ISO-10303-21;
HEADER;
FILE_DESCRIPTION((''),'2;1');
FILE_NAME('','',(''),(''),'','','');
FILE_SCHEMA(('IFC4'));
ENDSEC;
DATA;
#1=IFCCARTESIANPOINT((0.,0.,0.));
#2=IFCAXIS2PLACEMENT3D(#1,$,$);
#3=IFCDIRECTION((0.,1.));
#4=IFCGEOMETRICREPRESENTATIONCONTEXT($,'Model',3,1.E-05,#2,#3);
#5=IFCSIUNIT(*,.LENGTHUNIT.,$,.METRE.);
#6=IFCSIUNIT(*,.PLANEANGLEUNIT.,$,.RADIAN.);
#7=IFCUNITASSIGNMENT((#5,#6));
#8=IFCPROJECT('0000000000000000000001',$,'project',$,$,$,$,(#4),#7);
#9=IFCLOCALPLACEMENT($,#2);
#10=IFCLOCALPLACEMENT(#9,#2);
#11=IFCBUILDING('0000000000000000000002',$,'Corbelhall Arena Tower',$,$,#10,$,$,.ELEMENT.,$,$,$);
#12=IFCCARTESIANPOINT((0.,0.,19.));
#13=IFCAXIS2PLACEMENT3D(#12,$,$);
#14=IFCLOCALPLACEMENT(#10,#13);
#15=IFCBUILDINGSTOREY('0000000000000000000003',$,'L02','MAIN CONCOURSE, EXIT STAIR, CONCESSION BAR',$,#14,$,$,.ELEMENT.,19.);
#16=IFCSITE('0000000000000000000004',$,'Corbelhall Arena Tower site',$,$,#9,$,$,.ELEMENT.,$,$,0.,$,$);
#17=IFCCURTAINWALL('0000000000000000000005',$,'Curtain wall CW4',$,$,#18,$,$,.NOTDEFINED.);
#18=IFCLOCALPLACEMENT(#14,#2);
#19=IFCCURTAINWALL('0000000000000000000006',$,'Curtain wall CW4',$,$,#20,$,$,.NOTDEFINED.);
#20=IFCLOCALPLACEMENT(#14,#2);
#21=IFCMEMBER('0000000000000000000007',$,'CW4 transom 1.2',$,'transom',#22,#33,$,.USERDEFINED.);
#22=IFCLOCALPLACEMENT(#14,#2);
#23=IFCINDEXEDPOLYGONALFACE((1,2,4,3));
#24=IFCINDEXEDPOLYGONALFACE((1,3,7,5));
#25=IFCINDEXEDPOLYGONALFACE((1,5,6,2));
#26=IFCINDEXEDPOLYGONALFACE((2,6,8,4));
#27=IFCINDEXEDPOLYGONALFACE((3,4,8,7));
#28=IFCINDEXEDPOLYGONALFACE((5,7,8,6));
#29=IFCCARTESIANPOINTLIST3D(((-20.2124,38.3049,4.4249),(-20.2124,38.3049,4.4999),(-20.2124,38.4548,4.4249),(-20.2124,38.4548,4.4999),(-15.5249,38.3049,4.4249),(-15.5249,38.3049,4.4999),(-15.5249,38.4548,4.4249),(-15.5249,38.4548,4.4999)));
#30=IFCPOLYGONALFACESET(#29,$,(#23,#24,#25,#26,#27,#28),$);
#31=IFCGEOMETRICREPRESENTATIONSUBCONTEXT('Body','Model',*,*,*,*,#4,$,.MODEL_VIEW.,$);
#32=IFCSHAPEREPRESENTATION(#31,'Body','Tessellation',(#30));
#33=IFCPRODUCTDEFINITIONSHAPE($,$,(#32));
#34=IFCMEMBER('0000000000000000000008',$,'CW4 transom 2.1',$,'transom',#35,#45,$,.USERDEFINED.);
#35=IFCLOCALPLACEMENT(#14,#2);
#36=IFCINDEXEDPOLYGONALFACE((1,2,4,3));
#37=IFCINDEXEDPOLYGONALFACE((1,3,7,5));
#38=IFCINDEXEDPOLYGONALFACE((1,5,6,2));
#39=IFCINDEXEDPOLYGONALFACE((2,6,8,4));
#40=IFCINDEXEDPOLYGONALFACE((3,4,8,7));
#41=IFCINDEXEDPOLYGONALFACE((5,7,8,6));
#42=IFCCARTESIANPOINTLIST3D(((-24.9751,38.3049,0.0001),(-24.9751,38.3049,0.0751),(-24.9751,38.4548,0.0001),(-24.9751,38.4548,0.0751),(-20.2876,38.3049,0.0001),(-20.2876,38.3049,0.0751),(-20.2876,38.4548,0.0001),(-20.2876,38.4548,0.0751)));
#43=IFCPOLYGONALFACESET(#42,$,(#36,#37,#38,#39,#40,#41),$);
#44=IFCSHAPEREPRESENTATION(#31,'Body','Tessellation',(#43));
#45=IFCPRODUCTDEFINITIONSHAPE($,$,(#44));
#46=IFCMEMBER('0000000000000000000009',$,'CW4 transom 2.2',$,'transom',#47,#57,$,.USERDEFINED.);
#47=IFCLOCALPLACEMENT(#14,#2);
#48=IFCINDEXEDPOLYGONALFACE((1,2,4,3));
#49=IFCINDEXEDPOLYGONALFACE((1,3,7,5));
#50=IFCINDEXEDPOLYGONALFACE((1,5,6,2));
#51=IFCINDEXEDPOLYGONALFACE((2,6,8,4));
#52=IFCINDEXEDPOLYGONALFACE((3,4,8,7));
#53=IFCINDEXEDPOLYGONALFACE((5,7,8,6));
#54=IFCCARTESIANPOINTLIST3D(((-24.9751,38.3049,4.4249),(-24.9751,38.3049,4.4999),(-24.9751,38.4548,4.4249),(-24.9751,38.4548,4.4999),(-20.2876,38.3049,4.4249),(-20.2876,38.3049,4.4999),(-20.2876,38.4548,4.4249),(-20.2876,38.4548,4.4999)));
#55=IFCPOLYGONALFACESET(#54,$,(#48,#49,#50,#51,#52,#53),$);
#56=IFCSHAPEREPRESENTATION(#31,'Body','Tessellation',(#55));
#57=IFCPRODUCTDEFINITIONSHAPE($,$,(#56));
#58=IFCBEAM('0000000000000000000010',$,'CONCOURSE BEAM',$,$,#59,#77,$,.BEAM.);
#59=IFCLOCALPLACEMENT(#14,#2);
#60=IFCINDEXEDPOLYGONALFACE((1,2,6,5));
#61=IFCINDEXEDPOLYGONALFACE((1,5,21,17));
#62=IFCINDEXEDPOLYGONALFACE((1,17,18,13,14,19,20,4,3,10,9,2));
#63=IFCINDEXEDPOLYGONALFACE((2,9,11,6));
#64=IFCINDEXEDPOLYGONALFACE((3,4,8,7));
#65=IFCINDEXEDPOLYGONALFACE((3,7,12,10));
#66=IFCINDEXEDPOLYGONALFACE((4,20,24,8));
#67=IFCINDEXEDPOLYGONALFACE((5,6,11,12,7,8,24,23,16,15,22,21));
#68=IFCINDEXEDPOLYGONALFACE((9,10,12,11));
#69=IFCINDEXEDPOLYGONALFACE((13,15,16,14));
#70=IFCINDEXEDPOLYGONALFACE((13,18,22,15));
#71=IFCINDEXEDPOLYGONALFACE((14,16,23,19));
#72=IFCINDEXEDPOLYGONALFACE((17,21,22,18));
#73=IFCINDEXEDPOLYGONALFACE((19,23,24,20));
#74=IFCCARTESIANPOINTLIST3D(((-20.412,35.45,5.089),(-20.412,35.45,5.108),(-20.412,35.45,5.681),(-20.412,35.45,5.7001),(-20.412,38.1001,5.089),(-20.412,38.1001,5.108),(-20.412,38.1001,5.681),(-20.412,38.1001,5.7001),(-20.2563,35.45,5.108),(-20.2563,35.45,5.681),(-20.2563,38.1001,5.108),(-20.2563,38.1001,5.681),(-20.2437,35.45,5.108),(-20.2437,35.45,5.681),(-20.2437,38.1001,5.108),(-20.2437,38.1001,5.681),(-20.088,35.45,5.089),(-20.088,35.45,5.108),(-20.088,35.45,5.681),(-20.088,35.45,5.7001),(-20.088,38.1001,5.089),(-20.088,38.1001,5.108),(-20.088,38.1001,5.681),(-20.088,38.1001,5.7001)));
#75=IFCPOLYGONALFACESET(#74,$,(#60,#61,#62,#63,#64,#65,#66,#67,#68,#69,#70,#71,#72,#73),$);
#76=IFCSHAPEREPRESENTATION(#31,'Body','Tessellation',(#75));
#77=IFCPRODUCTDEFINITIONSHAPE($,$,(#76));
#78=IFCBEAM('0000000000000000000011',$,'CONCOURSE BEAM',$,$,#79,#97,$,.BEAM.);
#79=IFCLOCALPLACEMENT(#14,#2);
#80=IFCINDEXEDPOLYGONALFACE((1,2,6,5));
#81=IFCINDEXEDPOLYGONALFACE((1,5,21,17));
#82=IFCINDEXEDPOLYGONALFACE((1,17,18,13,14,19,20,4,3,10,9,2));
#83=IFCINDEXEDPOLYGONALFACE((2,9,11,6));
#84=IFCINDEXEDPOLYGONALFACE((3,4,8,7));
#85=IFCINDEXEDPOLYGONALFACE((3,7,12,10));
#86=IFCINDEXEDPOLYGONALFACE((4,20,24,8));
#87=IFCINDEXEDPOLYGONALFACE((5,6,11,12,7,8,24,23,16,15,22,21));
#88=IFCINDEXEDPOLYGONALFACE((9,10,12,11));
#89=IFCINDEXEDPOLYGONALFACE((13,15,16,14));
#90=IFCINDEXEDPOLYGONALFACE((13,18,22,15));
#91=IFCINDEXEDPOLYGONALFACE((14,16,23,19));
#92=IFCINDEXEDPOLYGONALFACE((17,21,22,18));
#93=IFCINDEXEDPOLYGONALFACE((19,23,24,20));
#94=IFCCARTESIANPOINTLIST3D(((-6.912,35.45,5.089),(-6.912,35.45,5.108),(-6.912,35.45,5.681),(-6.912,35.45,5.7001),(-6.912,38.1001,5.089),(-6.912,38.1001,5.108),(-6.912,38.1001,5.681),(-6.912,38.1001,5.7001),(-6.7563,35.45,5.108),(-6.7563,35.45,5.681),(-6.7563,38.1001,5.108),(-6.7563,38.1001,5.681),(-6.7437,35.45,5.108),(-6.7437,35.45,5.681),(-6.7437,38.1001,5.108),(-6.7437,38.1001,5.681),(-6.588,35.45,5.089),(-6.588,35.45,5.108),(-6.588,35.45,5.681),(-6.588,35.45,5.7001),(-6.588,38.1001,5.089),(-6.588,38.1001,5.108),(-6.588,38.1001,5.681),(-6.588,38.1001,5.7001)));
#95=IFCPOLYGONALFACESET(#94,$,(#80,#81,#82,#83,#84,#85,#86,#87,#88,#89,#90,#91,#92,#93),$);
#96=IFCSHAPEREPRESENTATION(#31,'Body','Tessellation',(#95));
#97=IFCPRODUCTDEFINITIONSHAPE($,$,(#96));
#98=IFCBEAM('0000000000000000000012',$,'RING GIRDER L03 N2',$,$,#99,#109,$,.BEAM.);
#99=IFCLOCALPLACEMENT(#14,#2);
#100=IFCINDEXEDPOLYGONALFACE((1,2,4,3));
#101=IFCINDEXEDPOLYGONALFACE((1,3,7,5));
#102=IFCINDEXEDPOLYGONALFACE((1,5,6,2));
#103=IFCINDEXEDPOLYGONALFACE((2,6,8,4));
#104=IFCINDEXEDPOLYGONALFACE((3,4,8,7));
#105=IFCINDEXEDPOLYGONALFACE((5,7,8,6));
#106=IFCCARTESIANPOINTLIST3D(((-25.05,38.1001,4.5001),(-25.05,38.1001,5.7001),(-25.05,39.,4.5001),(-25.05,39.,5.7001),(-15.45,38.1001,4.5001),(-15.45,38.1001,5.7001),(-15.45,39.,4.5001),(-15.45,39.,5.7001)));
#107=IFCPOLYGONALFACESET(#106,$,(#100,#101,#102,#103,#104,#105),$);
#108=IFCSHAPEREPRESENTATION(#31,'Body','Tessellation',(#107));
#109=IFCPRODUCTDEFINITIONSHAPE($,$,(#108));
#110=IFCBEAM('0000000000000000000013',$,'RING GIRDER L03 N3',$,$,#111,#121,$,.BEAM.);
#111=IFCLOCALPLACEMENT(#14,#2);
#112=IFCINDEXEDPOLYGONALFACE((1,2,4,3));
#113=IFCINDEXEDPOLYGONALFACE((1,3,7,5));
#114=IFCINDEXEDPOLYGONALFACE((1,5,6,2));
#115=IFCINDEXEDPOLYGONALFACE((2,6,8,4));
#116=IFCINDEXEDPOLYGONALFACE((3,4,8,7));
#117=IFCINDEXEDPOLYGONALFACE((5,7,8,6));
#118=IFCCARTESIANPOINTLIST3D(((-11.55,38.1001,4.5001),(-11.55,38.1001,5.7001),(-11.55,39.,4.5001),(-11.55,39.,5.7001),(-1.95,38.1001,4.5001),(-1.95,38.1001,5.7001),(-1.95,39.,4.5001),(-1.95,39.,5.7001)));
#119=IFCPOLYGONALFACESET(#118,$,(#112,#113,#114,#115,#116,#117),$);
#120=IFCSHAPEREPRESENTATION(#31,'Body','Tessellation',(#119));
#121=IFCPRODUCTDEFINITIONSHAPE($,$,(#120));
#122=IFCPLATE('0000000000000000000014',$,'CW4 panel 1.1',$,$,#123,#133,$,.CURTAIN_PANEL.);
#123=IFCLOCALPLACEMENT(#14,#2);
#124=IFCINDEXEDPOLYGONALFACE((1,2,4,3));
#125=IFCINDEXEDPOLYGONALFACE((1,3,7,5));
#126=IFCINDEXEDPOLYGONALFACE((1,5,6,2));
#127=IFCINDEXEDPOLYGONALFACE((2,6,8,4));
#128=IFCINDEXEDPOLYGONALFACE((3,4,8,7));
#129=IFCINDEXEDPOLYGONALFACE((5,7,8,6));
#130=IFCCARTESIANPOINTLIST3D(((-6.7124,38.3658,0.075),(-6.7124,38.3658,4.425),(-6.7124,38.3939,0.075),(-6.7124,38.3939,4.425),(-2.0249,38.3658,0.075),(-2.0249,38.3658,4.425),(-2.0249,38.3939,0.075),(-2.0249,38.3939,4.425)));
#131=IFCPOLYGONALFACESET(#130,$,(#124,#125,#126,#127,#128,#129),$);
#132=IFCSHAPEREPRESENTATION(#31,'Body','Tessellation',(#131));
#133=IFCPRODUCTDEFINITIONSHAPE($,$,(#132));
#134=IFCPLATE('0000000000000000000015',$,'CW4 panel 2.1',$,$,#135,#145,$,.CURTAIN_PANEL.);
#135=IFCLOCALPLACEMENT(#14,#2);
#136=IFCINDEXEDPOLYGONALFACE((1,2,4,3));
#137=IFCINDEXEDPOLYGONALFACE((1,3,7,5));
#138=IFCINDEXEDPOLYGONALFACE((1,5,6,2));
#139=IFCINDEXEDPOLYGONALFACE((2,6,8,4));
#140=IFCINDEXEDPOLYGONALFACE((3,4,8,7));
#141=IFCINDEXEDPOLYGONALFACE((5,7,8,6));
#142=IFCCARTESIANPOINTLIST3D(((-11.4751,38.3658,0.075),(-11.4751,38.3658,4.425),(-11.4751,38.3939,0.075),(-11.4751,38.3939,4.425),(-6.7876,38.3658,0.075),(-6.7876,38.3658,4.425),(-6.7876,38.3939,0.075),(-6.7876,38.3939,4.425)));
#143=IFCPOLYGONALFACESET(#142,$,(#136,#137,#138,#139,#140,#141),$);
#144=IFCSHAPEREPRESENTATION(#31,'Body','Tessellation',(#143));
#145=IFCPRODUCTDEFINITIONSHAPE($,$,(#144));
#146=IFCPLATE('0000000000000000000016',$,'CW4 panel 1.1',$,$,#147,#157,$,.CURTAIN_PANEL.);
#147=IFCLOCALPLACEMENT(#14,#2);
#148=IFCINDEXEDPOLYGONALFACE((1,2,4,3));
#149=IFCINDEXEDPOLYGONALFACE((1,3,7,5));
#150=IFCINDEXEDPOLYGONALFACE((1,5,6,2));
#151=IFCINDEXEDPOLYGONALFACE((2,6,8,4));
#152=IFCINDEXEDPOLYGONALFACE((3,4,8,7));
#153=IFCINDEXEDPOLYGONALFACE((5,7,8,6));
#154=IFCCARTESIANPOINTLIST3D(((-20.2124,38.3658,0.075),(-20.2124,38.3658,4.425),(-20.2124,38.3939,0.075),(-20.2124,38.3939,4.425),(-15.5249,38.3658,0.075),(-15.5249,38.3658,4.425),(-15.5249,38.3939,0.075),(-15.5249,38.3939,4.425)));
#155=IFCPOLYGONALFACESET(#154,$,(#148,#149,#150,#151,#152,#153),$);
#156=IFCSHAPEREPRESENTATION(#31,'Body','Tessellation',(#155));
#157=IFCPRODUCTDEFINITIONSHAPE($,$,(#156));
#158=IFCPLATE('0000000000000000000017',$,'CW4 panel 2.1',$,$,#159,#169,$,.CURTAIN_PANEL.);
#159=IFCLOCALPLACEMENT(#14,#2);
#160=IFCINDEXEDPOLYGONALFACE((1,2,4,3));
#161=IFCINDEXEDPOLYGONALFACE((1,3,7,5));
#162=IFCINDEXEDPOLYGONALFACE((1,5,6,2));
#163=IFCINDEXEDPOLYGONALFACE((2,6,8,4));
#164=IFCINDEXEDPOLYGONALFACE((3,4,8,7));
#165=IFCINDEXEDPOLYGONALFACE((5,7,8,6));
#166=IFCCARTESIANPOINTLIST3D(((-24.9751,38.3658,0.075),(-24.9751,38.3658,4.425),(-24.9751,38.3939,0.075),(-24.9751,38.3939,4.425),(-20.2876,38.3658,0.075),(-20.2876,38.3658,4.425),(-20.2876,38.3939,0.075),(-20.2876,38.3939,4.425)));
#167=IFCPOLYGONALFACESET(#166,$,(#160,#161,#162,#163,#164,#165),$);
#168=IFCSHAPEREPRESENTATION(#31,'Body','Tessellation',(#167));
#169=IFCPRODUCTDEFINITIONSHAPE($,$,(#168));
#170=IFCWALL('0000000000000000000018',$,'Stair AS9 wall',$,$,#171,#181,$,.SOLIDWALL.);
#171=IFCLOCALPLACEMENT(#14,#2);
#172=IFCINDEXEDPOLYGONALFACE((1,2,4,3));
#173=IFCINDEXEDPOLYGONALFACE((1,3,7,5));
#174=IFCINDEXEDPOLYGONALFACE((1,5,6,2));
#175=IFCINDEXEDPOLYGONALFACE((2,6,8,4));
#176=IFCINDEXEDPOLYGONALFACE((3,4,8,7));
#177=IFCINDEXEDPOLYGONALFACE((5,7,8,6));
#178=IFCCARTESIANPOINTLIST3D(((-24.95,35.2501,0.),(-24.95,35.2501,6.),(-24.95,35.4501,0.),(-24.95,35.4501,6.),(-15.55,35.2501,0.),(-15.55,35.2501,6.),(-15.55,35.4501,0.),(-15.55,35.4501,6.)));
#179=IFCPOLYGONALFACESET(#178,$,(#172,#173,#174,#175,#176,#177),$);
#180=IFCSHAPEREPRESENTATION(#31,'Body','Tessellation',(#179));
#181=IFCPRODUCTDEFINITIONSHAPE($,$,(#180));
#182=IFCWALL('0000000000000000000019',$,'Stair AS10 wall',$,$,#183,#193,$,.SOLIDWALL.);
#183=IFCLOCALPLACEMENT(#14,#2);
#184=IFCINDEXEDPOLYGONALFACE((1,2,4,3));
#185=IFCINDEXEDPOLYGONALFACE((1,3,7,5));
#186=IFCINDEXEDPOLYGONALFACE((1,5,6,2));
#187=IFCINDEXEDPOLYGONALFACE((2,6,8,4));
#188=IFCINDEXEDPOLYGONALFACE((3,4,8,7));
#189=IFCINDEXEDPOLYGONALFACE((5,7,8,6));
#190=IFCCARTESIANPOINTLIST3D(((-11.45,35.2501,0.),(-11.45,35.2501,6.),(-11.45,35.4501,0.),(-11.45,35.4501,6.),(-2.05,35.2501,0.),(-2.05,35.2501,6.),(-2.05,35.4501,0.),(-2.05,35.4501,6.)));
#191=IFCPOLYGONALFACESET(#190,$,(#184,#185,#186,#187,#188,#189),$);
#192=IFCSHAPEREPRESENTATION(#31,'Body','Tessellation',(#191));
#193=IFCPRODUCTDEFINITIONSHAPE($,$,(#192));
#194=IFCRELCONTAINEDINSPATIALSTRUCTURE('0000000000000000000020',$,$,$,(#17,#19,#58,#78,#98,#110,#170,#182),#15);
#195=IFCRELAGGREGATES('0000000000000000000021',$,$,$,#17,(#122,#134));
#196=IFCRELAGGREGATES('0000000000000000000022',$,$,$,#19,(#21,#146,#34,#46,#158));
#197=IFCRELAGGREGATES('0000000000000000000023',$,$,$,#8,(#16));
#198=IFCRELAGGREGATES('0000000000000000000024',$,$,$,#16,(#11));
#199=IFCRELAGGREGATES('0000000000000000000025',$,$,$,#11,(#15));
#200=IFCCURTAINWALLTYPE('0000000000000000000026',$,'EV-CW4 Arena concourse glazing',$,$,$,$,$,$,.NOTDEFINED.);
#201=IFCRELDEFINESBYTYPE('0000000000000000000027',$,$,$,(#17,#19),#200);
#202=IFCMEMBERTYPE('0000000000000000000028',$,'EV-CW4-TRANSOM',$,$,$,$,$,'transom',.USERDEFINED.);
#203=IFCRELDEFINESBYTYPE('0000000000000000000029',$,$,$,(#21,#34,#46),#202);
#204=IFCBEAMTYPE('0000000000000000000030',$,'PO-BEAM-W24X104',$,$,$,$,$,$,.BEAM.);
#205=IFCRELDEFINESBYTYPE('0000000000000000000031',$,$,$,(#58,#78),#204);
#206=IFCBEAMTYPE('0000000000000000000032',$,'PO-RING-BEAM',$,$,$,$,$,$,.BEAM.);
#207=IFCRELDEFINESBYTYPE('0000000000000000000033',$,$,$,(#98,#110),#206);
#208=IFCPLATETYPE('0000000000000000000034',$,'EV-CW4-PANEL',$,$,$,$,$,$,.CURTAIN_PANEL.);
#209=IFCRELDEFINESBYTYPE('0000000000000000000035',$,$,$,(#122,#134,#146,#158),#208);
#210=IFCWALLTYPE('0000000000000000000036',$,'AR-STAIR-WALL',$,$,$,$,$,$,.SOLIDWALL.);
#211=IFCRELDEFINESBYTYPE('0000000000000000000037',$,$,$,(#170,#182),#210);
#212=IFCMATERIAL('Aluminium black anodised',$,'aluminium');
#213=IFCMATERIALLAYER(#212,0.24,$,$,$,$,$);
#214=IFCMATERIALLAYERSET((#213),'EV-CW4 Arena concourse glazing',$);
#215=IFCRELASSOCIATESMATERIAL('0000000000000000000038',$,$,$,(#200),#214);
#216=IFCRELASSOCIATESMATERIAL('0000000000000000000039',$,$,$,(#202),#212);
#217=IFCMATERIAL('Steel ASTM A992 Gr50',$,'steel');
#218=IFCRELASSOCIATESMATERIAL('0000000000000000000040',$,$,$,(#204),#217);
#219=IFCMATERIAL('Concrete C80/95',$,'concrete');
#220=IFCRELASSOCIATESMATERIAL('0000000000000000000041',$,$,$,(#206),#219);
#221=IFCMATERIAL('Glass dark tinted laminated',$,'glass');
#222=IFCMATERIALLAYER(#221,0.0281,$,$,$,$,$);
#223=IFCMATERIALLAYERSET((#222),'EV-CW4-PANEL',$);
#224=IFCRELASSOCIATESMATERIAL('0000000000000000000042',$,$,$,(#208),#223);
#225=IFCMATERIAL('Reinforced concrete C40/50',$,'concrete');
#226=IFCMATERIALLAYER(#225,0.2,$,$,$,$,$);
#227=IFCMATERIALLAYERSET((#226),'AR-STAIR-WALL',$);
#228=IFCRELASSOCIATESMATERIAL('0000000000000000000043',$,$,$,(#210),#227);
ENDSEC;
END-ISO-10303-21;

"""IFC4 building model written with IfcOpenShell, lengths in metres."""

from ifc_helpers import new_model, si_unit, direction, frame, frame_2d, origin, origin_2d, place, context, subcontext, project, spatial, rectangle, i_section, extrude, material, layer, layer_set, material_profile, profile_set, type_object, element, aggregate, save


model = new_model("IFC4")

# Units and contexts
model_context = context("Model", 3, precision=1e-05, world=origin(), true_north=direction((0.0, 1.0)))
body_context = subcontext(model_context, "Body", "Model", "MODEL_VIEW")
ifc_project = project(units=[si_unit("LENGTHUNIT", "METRE"), si_unit("PLANEANGLEUNIT", "RADIAN")], contexts=[model_context])

# Site, building, storey
site_placement = place(None, origin())
site = spatial("IfcSite", under=ifc_project, at=site_placement, Name="Corbelhall Arena Tower site", CompositionType="ELEMENT", RefElevation=0.0)
building_placement = place(site_placement, origin())
building = spatial("IfcBuilding", under=site, at=building_placement, Name="Corbelhall Arena Tower", CompositionType="ELEMENT")
storey_placement = place(building_placement, frame((0.0, 0.0, 19.0)))
storey = spatial("IfcBuildingStorey", under=building, at=storey_placement, Name="L02", Description="MAIN CONCOURSE, EXIT STAIR, CONCESSION BAR", CompositionType="ELEMENT", Elevation=19.0)

# Shared definitions
ifc_material_1 = material(Name="Concrete C80/95", Category="concrete")

# Curtain walls
ifc_material_2 = material(Name="Aluminium black anodised", Category="aluminium")
ifc_layer_1 = layer(ifc_material_2, 0.24)
ifc_layer_set_1 = layer_set([ifc_layer_1], Name="EV-CW4 Arena concourse glazing")
curtain_wall_type = type_object("IfcCurtainWallType", Name="EV-CW4 Arena concourse glazing", PredefinedType="NOTDEFINED", material=ifc_layer_set_1)
curtain_wall_1_placement = place(storey_placement, origin())
curtain_wall_1 = element("IfcCurtainWall", 1, at=curtain_wall_1_placement, inside=storey, type_object=curtain_wall_type, Name="Curtain wall CW4", PredefinedType="NOTDEFINED")
curtain_wall_2_placement = place(storey_placement, origin())
curtain_wall_2 = element("IfcCurtainWall", 2, at=curtain_wall_2_placement, inside=storey, type_object=curtain_wall_type, Name="Curtain wall CW4", PredefinedType="NOTDEFINED")

# Members
ifc_material_profile_1 = material_profile(ifc_material_2, rectangle(XDim=0.1499, YDim=0.075, at=origin_2d()))
ifc_profile_set_1 = profile_set([ifc_material_profile_1], Name="Aluminium black anodised")
member_type_1 = type_object("IfcMemberType", Name="EV-CW4-TRANSOM", ElementType="transom", PredefinedType="USERDEFINED", material=ifc_profile_set_1)
member_1_placement = place(storey_placement, frame((-15.5249, 38.3799, 4.4624), z_axis=(-1.0, 0.0, 0.0), x_axis=(0.0, -1.0, 0.0)))
member_1 = element("IfcMember", 3, at=member_1_placement, type_object=member_type_1, Name="CW4 transom 1.2", ObjectType="transom", PredefinedType="USERDEFINED", context=body_context, shape_type="SweptSolid", body=[
    extrude(rectangle(XDim=0.1499, YDim=0.075, at=origin_2d()), origin(), (0.0, 0.0, 1.0), 4.6875),
])
member_2_placement = place(storey_placement, frame((-20.2876, 38.3799, 0.0376), z_axis=(-1.0, 0.0, 0.0), x_axis=(0.0, -1.0, 0.0)))
member_2 = element("IfcMember", 4, at=member_2_placement, type_object=member_type_1, Name="CW4 transom 2.1", ObjectType="transom", PredefinedType="USERDEFINED", context=body_context, shape_type="SweptSolid", body=[
    extrude(rectangle(XDim=0.1499, YDim=0.075, at=origin_2d()), origin(), (0.0, 0.0, 1.0), 4.6875),
])
member_3_placement = place(storey_placement, frame((-20.2876, 38.3799, 4.4624), z_axis=(-1.0, 0.0, 0.0), x_axis=(0.0, -1.0, 0.0)))
member_3 = element("IfcMember", 5, at=member_3_placement, type_object=member_type_1, Name="CW4 transom 2.2", ObjectType="transom", PredefinedType="USERDEFINED", context=body_context, shape_type="SweptSolid", body=[
    extrude(rectangle(XDim=0.1499, YDim=0.075, at=origin_2d()), origin(), (0.0, 0.0, 1.0), 4.6875),
])

# Beams
ifc_material_3 = material(Name="Steel ASTM A992 Gr50", Category="steel")
ifc_material_profile_2 = material_profile(ifc_material_3, i_section(OverallWidth=0.324, OverallDepth=0.6111, WebThickness=0.0127, FlangeThickness=0.019, at=origin_2d()))
ifc_profile_set_2 = profile_set([ifc_material_profile_2], Name="Steel ASTM A992 Gr50")
beam_type_1 = type_object("IfcBeamType", Name="PO-BEAM-W24X104", PredefinedType="BEAM", material=ifc_profile_set_2)
for number, where, z_axis, x_axis, name in (
    (6, (-20.25, 35.45, 5.3945), (0.0, 1.0, 0.0), (-1.0, 0.0, 0.0), "CONCOURSE BEAM"),
    (7, (-6.75, 35.45, 5.3945), (0.0, 1.0, 0.0), (-1.0, 0.0, 0.0), "CONCOURSE BEAM"),
):
    element("IfcBeam", number, at=place(storey_placement, frame(where, z_axis=z_axis, x_axis=x_axis)), inside=storey, type_object=beam_type_1, Name=name, PredefinedType="BEAM", context=body_context, shape_type="SweptSolid", body=[
        extrude(i_section(OverallWidth=0.324, OverallDepth=0.6111, WebThickness=0.0127, FlangeThickness=0.019, at=origin_2d()), origin(), (0.0, 0.0, 1.0), 2.6501),
    ])
ifc_material_profile_3 = material_profile(ifc_material_1, rectangle(XDim=0.8999, YDim=1.2, at=origin_2d()))
ifc_profile_set_3 = profile_set([ifc_material_profile_3], Name="Concrete C80/95")
beam_type_2 = type_object("IfcBeamType", Name="PO-RING-BEAM", PredefinedType="BEAM", material=ifc_profile_set_3)
for number, where, z_axis, x_axis, name in (
    (8, (-25.05, 38.55, 5.1001), (1.0, 0.0, 0.0), (0.0, 1.0, 0.0), "RING GIRDER L03 N2"),
    (9, (-11.55, 38.55, 5.1001), (1.0, 0.0, 0.0), (0.0, 1.0, 0.0), "RING GIRDER L03 N3"),
):
    element("IfcBeam", number, at=place(storey_placement, frame(where, z_axis=z_axis, x_axis=x_axis)), inside=storey, type_object=beam_type_2, Name=name, PredefinedType="BEAM", context=body_context, shape_type="SweptSolid", body=[
        extrude(rectangle(XDim=0.8999, YDim=1.2, at=origin_2d()), origin(), (0.0, 0.0, 1.0), 9.6001),
    ])

# Plates
ifc_material_4 = material(Name="Glass dark tinted laminated", Category="glass")
ifc_layer_2 = layer(ifc_material_4, 0.0281)
ifc_layer_set_2 = layer_set([ifc_layer_2], Name="EV-CW4-PANEL")
plate_type = type_object("IfcPlateType", Name="EV-CW4-PANEL", PredefinedType="CURTAIN_PANEL", material=ifc_layer_set_2)
plate_1_placement = place(storey_placement, frame((-4.3687, 38.3799, 0.075), z_axis=(0.0, 0.0, 1.0), x_axis=(-1.0, 0.0, 0.0)))
plate_1 = element("IfcPlate", 10, at=plate_1_placement, type_object=plate_type, Name="CW4 panel 1.1", PredefinedType="CURTAIN_PANEL", context=body_context, shape_type="SweptSolid", body=[
    extrude(rectangle(XDim=4.6875, YDim=0.0281, at=origin_2d()), origin(), (0.0, 0.0, 1.0), 4.3501),
])
plate_2_placement = place(storey_placement, frame((-9.1313, 38.3799, 0.075), z_axis=(0.0, 0.0, 1.0), x_axis=(-1.0, 0.0, 0.0)))
plate_2 = element("IfcPlate", 11, at=plate_2_placement, type_object=plate_type, Name="CW4 panel 2.1", PredefinedType="CURTAIN_PANEL", context=body_context, shape_type="SweptSolid", body=[
    extrude(rectangle(XDim=4.6875, YDim=0.0281, at=origin_2d()), origin(), (0.0, 0.0, 1.0), 4.3501),
])
aggregate(curtain_wall_1, [plate_1, plate_2])
plate_3_placement = place(storey_placement, frame((-17.8687, 38.3799, 0.075), z_axis=(0.0, 0.0, 1.0), x_axis=(-1.0, 0.0, 0.0)))
plate_3 = element("IfcPlate", 12, at=plate_3_placement, type_object=plate_type, Name="CW4 panel 1.1", PredefinedType="CURTAIN_PANEL", context=body_context, shape_type="SweptSolid", body=[
    extrude(rectangle(XDim=4.6875, YDim=0.0281, at=origin_2d()), origin(), (0.0, 0.0, 1.0), 4.3501),
])
plate_4_placement = place(storey_placement, frame((-22.6313, 38.3799, 0.075), z_axis=(0.0, 0.0, 1.0), x_axis=(-1.0, 0.0, 0.0)))
plate_4 = element("IfcPlate", 13, at=plate_4_placement, type_object=plate_type, Name="CW4 panel 2.1", PredefinedType="CURTAIN_PANEL", context=body_context, shape_type="SweptSolid", body=[
    extrude(rectangle(XDim=4.6875, YDim=0.0281, at=origin_2d()), origin(), (0.0, 0.0, 1.0), 4.3501),
])
aggregate(curtain_wall_2, [member_1, plate_3, member_2, member_3, plate_4])

# Walls
ifc_material_5 = material(Name="Reinforced concrete C40/50", Category="concrete")
ifc_layer_3 = layer(ifc_material_5, 0.2)
ifc_layer_set_3 = layer_set([ifc_layer_3], Name="AR-STAIR-WALL")
wall_type = type_object("IfcWallType", Name="AR-STAIR-WALL", PredefinedType="SOLIDWALL", material=ifc_layer_set_3)
for number, where, z_axis, x_axis, name in (
    (14, (-24.95, 35.3501, 0.0), (0.0, 0.0, 1.0), (1.0, 0.0, 0.0), "Stair AS9 wall"),
    (15, (-11.45, 35.3501, 0.0), (0.0, 0.0, 1.0), (1.0, 0.0, 0.0), "Stair AS10 wall"),
):
    element("IfcWall", number, at=place(storey_placement, frame(where, z_axis=z_axis, x_axis=x_axis)), inside=storey, type_object=wall_type, Name=name, PredefinedType="SOLIDWALL", context=body_context, shape_type="SweptSolid", body=[
        extrude(rectangle(XDim=9.3999, YDim=0.2, at=frame_2d((4.7, 0.0))), origin(), (0.0, 0.0, 1.0), 6.0),
    ])

save(model, "model.ifc")
